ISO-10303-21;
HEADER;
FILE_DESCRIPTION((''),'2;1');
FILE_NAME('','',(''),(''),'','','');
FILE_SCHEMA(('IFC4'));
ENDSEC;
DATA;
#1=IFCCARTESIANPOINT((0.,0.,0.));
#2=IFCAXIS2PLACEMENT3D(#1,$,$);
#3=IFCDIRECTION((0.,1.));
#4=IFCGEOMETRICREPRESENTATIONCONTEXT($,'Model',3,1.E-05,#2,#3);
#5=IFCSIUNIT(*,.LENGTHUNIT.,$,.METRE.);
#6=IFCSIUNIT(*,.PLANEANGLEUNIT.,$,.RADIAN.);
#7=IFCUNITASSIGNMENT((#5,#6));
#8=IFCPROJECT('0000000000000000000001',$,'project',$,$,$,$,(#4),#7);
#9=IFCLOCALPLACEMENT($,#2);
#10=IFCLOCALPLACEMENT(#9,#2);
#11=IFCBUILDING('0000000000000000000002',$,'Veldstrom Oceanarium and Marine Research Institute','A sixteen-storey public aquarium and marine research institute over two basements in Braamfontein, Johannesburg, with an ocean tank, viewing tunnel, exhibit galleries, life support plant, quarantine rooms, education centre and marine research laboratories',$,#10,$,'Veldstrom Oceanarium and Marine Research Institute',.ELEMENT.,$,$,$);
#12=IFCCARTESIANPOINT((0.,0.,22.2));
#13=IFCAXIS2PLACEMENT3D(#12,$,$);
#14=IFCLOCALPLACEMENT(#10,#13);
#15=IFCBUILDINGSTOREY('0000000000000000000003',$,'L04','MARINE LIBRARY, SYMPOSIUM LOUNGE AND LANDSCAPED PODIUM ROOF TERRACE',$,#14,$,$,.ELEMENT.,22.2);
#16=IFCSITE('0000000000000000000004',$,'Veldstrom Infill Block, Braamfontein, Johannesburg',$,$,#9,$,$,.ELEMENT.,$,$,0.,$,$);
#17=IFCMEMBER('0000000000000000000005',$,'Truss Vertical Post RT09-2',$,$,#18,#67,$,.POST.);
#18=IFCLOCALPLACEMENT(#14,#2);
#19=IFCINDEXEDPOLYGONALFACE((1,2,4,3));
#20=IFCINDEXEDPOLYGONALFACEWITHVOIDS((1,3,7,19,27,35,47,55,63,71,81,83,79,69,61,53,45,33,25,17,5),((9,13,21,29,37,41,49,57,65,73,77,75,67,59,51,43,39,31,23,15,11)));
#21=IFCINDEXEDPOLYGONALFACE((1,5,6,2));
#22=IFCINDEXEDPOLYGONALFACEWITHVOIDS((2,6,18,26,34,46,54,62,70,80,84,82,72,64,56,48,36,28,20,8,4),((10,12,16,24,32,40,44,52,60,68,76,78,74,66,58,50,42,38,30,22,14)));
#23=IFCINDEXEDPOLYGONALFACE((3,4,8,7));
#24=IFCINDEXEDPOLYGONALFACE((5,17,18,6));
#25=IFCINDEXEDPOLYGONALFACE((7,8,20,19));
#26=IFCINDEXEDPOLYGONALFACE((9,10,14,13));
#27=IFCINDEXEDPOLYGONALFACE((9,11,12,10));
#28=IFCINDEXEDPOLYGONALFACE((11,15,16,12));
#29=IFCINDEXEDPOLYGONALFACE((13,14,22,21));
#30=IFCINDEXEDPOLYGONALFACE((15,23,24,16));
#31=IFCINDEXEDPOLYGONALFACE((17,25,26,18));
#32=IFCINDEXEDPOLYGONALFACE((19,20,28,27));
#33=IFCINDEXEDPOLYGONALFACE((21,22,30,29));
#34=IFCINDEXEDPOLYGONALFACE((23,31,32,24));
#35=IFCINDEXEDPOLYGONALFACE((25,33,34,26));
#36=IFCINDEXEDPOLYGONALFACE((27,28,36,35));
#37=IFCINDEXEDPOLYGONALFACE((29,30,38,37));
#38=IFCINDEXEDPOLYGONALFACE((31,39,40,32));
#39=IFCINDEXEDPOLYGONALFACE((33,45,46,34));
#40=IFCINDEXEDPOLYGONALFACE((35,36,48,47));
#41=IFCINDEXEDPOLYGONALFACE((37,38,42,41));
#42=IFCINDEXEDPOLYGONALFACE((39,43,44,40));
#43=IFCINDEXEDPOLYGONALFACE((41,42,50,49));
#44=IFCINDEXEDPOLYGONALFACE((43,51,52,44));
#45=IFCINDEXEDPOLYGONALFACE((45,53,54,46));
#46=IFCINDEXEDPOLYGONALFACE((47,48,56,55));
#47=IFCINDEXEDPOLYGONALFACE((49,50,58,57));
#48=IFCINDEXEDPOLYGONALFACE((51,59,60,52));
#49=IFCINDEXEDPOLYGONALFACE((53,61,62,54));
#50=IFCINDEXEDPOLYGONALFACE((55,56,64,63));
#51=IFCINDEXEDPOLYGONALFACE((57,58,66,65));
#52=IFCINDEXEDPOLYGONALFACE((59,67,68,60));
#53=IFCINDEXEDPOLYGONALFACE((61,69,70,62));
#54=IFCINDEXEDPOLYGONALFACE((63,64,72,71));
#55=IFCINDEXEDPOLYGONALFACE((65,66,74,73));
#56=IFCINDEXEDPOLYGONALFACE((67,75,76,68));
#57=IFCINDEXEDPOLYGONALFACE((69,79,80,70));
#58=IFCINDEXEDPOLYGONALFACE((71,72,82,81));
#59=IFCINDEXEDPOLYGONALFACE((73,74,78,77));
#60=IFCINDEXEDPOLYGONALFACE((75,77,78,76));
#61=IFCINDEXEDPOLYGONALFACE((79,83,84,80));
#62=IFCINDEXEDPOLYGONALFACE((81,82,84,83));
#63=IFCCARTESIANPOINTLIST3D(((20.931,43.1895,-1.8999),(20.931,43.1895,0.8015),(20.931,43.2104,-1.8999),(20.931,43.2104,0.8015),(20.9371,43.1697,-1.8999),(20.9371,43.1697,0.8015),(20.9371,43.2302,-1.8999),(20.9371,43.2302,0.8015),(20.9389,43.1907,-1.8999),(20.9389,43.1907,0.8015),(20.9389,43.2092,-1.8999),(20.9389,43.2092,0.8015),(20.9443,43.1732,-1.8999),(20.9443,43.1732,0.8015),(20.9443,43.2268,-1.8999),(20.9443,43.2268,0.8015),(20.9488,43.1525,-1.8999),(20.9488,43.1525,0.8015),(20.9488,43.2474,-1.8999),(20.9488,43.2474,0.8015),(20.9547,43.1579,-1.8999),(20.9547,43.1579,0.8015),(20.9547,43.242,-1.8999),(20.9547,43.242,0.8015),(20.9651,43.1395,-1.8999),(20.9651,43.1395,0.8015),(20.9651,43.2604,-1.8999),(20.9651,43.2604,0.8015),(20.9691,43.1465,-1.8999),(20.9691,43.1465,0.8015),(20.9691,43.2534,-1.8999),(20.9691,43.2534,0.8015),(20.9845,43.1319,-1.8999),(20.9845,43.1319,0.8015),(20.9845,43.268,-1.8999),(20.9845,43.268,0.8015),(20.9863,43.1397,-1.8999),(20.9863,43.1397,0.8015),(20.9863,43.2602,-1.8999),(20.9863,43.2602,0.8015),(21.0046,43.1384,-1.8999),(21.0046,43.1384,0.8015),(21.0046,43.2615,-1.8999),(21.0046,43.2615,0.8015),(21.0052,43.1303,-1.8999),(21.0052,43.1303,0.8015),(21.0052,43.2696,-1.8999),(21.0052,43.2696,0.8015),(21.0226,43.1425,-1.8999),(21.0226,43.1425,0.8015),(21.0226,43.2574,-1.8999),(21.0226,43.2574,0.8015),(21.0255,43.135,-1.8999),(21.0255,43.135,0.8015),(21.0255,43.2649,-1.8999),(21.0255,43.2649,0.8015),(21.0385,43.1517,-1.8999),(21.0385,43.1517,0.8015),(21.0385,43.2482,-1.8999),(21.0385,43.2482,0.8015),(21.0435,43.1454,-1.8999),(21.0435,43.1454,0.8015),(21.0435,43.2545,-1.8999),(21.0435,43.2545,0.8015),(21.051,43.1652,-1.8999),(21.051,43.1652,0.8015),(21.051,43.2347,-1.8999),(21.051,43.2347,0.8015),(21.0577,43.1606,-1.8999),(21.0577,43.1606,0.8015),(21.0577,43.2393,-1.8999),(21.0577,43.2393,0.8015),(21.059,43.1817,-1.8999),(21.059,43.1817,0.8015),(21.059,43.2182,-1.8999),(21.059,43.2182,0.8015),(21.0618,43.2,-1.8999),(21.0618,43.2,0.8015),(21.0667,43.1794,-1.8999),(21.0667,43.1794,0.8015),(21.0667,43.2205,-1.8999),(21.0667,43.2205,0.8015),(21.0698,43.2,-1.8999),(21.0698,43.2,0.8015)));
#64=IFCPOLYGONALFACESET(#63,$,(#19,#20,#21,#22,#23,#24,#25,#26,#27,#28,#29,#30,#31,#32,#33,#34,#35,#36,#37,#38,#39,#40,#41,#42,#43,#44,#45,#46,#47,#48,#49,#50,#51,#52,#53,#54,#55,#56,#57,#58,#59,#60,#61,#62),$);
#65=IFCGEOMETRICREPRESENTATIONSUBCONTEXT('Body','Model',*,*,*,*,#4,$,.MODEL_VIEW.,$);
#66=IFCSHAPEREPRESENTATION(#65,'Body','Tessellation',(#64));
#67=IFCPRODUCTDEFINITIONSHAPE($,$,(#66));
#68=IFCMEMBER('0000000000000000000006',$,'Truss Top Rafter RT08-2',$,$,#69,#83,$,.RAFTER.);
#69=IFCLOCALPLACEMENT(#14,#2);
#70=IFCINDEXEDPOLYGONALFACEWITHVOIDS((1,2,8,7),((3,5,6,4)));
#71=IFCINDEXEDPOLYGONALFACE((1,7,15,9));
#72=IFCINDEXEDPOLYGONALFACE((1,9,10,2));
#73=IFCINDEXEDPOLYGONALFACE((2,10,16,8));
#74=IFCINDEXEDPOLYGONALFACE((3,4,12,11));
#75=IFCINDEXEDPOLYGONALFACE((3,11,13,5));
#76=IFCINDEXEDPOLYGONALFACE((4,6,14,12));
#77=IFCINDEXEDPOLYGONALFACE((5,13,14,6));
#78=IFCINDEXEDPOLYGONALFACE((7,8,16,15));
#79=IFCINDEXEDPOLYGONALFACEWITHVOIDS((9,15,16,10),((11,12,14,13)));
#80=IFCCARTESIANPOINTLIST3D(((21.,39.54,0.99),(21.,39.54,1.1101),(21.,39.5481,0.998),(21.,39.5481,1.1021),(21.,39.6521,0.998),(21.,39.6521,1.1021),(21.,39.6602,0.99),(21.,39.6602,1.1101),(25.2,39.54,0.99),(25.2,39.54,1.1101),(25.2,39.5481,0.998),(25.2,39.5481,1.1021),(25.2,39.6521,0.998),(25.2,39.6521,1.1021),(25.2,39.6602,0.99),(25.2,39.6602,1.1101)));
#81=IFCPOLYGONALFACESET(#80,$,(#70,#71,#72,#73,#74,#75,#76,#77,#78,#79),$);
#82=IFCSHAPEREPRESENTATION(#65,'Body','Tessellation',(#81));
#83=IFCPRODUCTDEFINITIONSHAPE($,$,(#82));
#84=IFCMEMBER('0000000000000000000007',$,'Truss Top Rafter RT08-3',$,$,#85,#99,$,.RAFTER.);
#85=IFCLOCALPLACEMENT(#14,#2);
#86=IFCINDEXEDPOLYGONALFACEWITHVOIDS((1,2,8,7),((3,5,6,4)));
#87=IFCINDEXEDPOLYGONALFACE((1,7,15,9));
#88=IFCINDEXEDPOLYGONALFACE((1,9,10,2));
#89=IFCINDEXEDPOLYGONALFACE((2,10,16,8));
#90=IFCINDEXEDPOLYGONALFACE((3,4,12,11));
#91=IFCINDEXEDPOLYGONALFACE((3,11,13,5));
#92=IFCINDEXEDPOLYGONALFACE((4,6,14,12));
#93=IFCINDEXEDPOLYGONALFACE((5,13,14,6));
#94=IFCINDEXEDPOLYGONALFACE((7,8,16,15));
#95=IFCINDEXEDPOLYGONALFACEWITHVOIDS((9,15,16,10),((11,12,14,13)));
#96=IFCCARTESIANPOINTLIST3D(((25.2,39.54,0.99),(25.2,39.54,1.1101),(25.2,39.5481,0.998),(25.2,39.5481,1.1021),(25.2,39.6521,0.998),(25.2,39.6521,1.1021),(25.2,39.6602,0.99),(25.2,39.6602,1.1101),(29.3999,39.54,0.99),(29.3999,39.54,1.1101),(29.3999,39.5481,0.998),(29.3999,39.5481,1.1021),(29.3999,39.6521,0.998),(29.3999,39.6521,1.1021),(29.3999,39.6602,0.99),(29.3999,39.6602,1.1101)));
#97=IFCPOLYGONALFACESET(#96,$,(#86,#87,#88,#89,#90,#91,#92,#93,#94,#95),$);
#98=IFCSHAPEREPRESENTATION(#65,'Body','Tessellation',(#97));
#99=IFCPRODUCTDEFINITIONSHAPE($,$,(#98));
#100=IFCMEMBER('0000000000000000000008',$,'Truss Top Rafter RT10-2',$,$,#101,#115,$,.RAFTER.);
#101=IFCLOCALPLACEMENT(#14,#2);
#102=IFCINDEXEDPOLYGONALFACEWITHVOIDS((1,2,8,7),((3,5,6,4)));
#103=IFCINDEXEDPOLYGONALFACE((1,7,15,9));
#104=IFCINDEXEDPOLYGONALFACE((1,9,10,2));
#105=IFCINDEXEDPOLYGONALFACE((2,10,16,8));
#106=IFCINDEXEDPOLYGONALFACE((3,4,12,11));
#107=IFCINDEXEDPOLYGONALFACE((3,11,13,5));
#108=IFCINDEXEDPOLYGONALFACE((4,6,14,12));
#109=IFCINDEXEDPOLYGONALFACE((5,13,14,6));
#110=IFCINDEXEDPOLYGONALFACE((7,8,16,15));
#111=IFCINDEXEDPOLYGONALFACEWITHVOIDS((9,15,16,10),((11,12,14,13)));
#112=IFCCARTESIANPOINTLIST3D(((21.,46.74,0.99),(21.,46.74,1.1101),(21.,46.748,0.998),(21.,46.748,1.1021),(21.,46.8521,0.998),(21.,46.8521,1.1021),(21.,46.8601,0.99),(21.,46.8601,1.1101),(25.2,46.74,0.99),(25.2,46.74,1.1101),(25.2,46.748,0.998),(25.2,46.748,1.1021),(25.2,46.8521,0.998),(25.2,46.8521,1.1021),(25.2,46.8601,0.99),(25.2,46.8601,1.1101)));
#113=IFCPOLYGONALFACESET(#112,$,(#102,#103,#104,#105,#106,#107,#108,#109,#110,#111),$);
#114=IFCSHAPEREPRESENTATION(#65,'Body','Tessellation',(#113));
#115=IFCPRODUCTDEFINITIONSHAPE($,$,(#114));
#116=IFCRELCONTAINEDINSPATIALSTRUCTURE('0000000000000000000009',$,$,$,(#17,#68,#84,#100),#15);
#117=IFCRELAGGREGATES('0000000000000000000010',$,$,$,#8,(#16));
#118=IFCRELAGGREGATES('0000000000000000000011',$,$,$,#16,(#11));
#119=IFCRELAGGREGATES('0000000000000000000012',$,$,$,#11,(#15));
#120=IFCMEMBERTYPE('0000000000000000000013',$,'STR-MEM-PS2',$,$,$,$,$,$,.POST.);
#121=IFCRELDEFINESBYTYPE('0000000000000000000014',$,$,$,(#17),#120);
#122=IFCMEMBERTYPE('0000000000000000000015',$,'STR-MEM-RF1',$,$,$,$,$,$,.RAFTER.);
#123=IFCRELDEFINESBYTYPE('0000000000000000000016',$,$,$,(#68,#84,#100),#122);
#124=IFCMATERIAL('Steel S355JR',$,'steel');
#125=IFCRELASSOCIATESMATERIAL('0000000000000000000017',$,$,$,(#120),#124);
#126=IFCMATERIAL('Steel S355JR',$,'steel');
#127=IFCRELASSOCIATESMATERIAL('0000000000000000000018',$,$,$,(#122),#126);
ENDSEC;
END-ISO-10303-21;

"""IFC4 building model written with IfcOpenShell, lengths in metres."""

from ifc_helpers import new_model, si_unit, direction, frame, origin, origin_2d, place, context, subcontext, project, spatial, hollow_rectangle, hollow_circle, extrude, material, material_profile, profile_set, type_object, element, save


model = new_model("IFC4")

# Units and contexts
model_context = context("Model", 3, precision=1e-05, world=origin(), true_north=direction((0.0, 1.0)))
body_context = subcontext(model_context, "Body", "Model", "MODEL_VIEW")
ifc_project = project(units=[si_unit("LENGTHUNIT", "METRE"), si_unit("PLANEANGLEUNIT", "RADIAN")], contexts=[model_context])

# Site, building, storey
site_placement = place(None, origin())
site = spatial("IfcSite", under=ifc_project, at=site_placement, Name="Veldstrom Infill Block, Braamfontein, Johannesburg", CompositionType="ELEMENT", RefElevation=0.0)
building_placement = place(site_placement, origin())
building = spatial("IfcBuilding", under=site, at=building_placement, Name="Veldstrom Oceanarium and Marine Research Institute", Description="A sixteen-storey public aquarium and marine research institute over two basements in Braamfontein, Johannesburg, with an ocean tank, viewing tunnel, exhibit galleries, life support plant, quarantine rooms, education centre and marine research laboratories", LongName="Veldstrom Oceanarium and Marine Research Institute", CompositionType="ELEMENT")
storey_placement = place(building_placement, frame((0.0, 0.0, 22.2)))
storey = spatial("IfcBuildingStorey", under=building, at=storey_placement, Name="L04", Description="MARINE LIBRARY, SYMPOSIUM LOUNGE AND LANDSCAPED PODIUM ROOF TERRACE", CompositionType="ELEMENT", Elevation=22.2)

# Members
ifc_material_1 = material(Name="Steel S355JR", Category="steel")
ifc_material_profile_1 = material_profile(ifc_material_1, hollow_circle(Radius=0.0698, WallThickness=0.0081, at=origin_2d()), Name="CHS 139.7x8")
ifc_profile_set_1 = profile_set([ifc_material_profile_1], Name="Steel S355JR")
member_type_1 = type_object("IfcMemberType", Name="STR-MEM-PS2", PredefinedType="POST", material=ifc_profile_set_1)
member_1_placement = place(storey_placement, frame((21.0, 43.2, -1.8999), z_axis=(0.0, 0.0, 1.0), x_axis=(1.0, 0.0, 0.0)))
element("IfcMember", 1, at=member_1_placement, inside=storey, type_object=member_type_1, Name="Truss Vertical Post RT09-2", PredefinedType="POST", context=body_context, shape_type="SweptSolid", body=[
    extrude(hollow_circle(Radius=0.0698, WallThickness=0.0081, at=origin_2d()), origin(), (0.0, 0.0, 1.0), 2.7014),
])
ifc_material_2 = material(Name="Steel S355JR", Category="steel")
ifc_material_profile_2 = material_profile(ifc_material_2, hollow_rectangle(XDim=0.1201, YDim=0.1201, WallThickness=0.0081, at=origin_2d()), Name="SHS 120x120x8")
ifc_profile_set_2 = profile_set([ifc_material_profile_2], Name="Steel S355JR")
member_type_2 = type_object("IfcMemberType", Name="STR-MEM-RF1", PredefinedType="RAFTER", material=ifc_profile_set_2)
for number, where, z_axis, x_axis, name in (
    (2, (21.0, 39.6001, 1.05), (1.0, 0.0, 0.0), (0.0, 1.0, 0.0), "Truss Top Rafter RT08-2"),
    (3, (25.2, 39.6001, 1.05), (1.0, 0.0, 0.0), (0.0, 1.0, 0.0), "Truss Top Rafter RT08-3"),
    (4, (21.0, 46.8, 1.05), (1.0, 0.0, 0.0), (0.0, 1.0, 0.0), "Truss Top Rafter RT10-2"),
):
    element("IfcMember", number, at=place(storey_placement, frame(where, z_axis=z_axis, x_axis=x_axis)), inside=storey, type_object=member_type_2, Name=name, PredefinedType="RAFTER", context=body_context, shape_type="SweptSolid", body=[
        extrude(hollow_rectangle(XDim=0.1201, YDim=0.1201, WallThickness=0.0081, at=origin_2d()), origin(), (0.0, 0.0, 1.0), 4.2),
    ])

save(model, "model.ifc")
